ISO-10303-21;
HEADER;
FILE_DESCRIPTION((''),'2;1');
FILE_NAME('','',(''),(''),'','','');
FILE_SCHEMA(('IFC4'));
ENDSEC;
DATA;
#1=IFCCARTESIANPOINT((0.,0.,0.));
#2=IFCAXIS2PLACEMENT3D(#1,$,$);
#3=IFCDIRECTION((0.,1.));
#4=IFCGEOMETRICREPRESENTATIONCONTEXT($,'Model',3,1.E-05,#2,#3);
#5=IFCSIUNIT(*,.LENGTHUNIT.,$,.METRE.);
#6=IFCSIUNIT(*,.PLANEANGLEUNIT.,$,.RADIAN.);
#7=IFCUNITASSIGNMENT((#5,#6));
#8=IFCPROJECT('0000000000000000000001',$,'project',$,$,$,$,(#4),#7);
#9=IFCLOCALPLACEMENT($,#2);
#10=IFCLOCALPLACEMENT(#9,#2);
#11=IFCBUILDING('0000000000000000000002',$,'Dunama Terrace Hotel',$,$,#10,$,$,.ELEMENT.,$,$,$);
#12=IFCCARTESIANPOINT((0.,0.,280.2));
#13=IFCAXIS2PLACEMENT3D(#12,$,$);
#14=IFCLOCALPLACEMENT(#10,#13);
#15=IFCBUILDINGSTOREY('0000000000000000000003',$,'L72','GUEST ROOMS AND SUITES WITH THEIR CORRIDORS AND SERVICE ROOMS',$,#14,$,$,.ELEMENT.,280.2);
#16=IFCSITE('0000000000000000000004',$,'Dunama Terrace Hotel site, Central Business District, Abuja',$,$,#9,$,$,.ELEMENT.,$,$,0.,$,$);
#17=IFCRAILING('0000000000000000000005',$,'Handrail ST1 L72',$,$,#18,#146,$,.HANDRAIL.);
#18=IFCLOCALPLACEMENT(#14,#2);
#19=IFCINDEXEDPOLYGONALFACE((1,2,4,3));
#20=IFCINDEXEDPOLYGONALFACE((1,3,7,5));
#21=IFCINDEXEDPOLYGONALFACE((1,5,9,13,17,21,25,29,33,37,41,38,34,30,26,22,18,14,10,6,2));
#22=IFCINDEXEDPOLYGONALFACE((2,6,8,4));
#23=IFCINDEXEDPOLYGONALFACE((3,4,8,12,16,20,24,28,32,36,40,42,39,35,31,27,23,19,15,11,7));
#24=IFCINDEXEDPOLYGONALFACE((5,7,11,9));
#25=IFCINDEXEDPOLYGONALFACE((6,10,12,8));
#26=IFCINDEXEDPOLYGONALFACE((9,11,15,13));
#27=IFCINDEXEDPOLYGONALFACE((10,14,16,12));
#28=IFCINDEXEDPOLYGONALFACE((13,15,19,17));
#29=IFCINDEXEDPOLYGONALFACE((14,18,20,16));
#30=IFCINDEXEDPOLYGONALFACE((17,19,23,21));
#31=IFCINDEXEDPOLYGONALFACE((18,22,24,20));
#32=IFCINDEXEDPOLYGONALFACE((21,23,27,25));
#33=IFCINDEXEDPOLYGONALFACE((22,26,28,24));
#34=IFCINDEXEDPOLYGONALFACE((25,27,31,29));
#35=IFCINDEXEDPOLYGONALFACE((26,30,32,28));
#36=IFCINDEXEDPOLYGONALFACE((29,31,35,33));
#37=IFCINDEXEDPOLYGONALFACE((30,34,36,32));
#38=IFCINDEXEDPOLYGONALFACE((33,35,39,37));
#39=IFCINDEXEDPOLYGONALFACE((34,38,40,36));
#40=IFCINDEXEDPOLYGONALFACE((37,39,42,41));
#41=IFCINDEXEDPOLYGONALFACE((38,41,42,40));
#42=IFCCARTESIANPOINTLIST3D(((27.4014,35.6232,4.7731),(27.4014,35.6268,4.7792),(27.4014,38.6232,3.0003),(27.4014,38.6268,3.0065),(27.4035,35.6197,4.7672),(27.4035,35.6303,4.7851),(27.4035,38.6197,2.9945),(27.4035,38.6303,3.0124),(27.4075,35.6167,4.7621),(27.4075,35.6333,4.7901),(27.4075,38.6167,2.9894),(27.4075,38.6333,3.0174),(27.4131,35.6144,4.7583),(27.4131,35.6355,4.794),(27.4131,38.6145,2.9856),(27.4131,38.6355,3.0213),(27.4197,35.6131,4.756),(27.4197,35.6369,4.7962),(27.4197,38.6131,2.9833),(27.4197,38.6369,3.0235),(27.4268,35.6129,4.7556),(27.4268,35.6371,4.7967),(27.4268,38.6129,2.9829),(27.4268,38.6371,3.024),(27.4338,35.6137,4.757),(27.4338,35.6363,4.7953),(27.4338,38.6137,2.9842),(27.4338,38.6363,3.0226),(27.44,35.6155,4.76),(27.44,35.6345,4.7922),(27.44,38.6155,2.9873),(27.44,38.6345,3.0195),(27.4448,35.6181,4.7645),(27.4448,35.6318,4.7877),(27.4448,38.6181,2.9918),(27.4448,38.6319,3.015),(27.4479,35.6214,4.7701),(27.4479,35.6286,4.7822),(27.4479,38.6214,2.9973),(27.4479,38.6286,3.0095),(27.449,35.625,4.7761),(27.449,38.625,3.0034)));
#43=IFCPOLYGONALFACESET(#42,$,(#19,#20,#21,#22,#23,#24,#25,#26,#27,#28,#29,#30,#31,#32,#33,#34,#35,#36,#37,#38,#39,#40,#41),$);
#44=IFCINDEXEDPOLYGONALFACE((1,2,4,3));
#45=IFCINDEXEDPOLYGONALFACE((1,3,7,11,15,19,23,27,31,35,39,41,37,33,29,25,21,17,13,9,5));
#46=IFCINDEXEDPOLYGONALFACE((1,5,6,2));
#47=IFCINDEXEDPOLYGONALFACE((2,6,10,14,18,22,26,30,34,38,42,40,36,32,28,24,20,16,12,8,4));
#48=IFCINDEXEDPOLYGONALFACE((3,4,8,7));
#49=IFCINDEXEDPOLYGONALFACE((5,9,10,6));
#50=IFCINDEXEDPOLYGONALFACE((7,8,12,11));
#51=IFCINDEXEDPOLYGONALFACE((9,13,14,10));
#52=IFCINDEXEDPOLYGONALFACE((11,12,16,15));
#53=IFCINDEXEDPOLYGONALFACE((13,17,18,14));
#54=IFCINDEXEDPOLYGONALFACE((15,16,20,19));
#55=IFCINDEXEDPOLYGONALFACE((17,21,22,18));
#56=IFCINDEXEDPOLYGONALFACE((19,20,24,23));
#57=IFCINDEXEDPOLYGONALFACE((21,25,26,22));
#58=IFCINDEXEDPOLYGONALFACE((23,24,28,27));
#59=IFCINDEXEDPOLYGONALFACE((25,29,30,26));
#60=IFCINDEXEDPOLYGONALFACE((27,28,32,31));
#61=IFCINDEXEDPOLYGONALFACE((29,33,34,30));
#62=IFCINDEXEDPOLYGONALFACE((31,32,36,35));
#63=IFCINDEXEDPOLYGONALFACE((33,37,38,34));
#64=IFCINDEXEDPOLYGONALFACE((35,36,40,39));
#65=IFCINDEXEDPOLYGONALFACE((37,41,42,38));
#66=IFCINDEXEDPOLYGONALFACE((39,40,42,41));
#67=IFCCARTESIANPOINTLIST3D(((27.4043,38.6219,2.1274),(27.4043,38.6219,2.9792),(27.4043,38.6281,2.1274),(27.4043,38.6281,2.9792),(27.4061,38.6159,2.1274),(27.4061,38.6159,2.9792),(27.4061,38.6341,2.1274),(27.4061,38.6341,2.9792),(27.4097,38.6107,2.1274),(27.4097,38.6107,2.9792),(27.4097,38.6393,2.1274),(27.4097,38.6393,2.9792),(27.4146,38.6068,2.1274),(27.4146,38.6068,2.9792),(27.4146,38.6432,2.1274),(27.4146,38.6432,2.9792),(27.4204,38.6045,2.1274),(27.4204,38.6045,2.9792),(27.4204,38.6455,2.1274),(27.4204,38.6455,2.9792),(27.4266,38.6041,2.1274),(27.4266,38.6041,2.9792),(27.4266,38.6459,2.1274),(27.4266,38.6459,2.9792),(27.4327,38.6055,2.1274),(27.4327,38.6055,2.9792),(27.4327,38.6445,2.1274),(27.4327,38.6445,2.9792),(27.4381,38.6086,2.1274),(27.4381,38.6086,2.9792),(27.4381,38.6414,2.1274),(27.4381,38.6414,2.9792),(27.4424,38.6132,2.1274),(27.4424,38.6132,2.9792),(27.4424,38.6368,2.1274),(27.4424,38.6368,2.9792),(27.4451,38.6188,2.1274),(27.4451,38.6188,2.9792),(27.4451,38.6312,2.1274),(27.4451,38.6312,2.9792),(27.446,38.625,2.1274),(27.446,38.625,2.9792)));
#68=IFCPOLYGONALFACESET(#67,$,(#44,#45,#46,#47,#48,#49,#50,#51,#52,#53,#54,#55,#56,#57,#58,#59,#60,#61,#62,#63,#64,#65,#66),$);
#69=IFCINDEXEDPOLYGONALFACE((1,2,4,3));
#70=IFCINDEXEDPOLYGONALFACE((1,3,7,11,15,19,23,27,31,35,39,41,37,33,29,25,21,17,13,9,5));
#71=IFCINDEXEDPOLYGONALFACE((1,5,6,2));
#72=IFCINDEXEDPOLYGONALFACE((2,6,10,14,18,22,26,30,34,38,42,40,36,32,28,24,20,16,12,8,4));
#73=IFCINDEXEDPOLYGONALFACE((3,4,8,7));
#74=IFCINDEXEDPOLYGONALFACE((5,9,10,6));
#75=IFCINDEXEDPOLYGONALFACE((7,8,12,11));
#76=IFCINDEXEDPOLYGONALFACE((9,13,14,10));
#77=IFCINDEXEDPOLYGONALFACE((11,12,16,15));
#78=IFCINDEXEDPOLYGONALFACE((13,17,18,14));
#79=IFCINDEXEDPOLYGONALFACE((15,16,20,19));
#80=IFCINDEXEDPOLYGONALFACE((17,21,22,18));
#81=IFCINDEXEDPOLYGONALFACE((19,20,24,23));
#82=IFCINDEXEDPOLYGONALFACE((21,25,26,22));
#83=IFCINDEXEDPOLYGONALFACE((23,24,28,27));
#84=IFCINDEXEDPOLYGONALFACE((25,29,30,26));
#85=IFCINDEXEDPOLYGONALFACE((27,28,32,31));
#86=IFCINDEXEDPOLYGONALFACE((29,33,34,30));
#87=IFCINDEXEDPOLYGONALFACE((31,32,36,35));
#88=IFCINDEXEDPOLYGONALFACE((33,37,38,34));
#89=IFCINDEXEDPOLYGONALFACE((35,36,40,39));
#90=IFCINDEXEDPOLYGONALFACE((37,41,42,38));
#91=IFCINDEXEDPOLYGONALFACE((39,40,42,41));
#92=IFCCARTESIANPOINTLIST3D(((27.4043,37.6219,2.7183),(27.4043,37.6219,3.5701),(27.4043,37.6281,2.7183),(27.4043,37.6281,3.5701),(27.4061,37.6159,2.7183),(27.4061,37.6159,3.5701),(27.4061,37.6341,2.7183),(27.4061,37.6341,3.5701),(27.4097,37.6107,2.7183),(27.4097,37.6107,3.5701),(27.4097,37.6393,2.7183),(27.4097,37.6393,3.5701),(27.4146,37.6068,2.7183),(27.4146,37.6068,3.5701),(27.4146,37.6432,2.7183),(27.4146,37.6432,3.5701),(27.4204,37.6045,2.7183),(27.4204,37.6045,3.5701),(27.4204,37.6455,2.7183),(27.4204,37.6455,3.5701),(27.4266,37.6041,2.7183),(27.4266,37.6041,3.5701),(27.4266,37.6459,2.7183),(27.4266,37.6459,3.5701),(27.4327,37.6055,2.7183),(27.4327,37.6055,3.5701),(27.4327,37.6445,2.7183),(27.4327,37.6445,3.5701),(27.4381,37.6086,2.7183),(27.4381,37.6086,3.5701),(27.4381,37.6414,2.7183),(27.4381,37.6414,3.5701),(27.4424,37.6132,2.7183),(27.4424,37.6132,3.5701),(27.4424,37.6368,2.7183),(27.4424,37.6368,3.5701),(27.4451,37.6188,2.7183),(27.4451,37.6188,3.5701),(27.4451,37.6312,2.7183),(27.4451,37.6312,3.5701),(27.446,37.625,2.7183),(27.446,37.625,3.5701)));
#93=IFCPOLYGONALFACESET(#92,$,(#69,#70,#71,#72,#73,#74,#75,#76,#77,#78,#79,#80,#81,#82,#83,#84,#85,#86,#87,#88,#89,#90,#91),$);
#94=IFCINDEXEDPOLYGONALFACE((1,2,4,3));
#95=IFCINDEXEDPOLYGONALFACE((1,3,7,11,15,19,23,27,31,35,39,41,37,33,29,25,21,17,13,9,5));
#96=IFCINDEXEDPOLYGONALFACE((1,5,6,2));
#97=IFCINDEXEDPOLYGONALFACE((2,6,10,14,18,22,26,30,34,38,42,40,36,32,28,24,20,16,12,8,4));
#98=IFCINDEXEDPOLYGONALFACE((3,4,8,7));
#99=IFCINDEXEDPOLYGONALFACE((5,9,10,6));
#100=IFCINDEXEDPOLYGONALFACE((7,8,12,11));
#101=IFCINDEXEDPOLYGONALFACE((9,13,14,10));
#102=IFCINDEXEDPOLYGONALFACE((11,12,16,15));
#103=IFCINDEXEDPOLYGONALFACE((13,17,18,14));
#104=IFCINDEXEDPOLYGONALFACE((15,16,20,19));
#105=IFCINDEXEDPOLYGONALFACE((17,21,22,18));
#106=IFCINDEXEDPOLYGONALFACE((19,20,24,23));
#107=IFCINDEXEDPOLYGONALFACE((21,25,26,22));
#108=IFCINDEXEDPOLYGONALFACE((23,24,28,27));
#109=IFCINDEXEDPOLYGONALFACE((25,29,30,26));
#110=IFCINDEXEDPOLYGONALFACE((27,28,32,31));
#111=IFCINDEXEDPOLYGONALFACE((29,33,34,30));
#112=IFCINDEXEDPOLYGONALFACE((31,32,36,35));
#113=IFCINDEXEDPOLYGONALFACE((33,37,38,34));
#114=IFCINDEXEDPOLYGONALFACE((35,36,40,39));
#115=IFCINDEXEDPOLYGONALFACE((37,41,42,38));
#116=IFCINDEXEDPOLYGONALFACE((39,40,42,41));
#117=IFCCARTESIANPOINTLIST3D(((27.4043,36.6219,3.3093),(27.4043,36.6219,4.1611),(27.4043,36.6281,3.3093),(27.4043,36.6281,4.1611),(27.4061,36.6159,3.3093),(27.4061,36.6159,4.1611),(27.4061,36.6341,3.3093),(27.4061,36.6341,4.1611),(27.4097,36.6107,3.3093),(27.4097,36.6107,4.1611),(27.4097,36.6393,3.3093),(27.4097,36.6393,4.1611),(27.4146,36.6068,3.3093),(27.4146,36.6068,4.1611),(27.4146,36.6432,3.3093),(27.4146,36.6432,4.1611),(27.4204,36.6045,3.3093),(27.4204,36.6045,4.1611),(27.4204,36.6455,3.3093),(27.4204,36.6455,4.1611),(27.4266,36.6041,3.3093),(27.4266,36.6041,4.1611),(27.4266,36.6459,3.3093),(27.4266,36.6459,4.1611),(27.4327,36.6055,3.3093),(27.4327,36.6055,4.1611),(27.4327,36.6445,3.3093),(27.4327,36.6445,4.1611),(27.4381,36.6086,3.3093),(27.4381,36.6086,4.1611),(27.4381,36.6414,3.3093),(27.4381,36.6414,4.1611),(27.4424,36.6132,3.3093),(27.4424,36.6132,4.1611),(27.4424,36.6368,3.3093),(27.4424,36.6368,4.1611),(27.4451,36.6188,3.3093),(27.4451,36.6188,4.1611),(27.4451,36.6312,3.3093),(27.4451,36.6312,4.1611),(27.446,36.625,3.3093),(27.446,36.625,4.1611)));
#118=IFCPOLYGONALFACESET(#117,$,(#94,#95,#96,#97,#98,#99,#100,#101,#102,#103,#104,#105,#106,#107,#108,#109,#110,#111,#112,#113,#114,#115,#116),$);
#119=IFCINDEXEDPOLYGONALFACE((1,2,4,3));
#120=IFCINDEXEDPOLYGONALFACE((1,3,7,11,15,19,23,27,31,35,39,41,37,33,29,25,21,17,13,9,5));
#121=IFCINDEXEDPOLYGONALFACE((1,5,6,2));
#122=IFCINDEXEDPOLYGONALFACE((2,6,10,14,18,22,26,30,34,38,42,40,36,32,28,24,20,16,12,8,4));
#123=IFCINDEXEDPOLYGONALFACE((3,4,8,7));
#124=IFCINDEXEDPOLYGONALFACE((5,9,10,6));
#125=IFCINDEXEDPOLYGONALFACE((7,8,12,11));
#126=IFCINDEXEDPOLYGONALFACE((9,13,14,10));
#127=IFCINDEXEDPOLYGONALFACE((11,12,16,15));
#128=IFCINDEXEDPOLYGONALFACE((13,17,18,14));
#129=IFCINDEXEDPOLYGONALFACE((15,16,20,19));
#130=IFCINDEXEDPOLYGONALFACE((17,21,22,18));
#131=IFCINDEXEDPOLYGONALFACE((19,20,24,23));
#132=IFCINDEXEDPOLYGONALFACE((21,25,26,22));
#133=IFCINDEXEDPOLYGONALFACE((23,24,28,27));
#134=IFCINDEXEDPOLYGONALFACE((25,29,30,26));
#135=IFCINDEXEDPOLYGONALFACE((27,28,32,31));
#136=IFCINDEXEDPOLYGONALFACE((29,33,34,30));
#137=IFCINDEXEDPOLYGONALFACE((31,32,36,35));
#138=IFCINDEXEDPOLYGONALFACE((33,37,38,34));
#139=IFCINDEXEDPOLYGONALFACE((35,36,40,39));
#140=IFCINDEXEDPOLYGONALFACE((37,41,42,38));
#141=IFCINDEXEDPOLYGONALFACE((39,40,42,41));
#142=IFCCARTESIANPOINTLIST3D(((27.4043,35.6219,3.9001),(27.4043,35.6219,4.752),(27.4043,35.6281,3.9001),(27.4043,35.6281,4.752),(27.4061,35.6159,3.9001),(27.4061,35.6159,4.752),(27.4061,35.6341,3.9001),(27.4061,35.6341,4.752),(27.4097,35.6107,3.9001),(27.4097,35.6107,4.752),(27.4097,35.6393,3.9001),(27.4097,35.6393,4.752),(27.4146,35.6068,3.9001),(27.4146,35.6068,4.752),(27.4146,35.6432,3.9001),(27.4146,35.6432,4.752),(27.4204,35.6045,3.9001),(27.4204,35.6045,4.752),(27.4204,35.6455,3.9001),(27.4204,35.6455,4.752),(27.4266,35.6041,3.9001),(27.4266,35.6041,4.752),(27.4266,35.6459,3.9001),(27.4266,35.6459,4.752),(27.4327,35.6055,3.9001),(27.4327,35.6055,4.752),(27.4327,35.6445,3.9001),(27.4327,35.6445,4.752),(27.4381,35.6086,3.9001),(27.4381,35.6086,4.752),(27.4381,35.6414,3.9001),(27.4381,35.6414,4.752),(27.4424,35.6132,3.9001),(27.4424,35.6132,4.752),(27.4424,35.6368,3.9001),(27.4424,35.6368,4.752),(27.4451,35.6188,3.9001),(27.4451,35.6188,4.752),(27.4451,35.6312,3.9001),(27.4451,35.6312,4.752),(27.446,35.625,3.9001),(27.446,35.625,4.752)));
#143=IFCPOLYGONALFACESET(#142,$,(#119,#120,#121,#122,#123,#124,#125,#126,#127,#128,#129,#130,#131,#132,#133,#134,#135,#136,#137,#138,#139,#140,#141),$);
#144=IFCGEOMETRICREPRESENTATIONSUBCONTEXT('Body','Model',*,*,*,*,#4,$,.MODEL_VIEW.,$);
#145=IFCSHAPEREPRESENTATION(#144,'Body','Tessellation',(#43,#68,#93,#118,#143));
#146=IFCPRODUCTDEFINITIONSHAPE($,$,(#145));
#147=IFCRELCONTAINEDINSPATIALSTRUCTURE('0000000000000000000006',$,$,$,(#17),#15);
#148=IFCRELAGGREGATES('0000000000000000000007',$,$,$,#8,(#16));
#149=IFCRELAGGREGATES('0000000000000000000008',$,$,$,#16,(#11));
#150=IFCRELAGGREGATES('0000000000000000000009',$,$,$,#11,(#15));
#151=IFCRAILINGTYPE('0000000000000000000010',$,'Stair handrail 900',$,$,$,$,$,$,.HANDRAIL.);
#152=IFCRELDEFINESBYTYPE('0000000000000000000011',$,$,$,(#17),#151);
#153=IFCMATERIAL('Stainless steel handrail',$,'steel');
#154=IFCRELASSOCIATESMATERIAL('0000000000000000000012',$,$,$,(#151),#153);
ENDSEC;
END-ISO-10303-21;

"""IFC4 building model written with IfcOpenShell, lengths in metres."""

from ifc_helpers import new_model, si_unit, direction, frame, origin, origin_2d, place, context, subcontext, project, spatial, circle, extrude, material, type_object, element, save


model = new_model("IFC4")

# Units and contexts
model_context = context("Model", 3, precision=1e-05, world=origin(), true_north=direction((0.0, 1.0)))
body_context = subcontext(model_context, "Body", "Model", "MODEL_VIEW")
ifc_project = project(units=[si_unit("LENGTHUNIT", "METRE"), si_unit("PLANEANGLEUNIT", "RADIAN")], contexts=[model_context])

# Site, building, storey
site_placement = place(None, origin())
site = spatial("IfcSite", under=ifc_project, at=site_placement, Name="Dunama Terrace Hotel site, Central Business District, Abuja", CompositionType="ELEMENT", RefElevation=0.0)
building_placement = place(site_placement, origin())
building = spatial("IfcBuilding", under=site, at=building_placement, Name="Dunama Terrace Hotel", CompositionType="ELEMENT")
storey_placement = place(building_placement, frame((0.0, 0.0, 280.2)))
storey = spatial("IfcBuildingStorey", under=building, at=storey_placement, Name="L72", Description="GUEST ROOMS AND SUITES WITH THEIR CORRIDORS AND SERVICE ROOMS", CompositionType="ELEMENT", Elevation=280.2)

# Railing
ifc_material_1 = material(Name="Stainless steel handrail", Category="steel")
railing_type = type_object("IfcRailingType", Name="Stair handrail 900", PredefinedType="HANDRAIL", material=ifc_material_1)
railing_1_placement = place(storey_placement, frame((27.425, 38.625, 2.1274)))
element("IfcRailing", 1, at=railing_1_placement, inside=storey, type_object=railing_type, Name="Handrail ST1 L72", PredefinedType="HANDRAIL", context=body_context, shape_type="SweptSolid", body=[
    extrude(circle(Radius=0.0239, at=origin_2d()), frame((0.0, 0.0, 0.876), z_axis=(0.0, -0.860929, 0.508725), x_axis=(1.0, 0.0, 0.0)), (0.0, 0.0, 1.0), 3.4846),
    extrude(circle(Radius=0.021, at=origin_2d()), origin(), (0.0, 0.0, 1.0), 0.8518),
    extrude(circle(Radius=0.021, at=origin_2d()), frame((0.0, -1.0, 0.5908)), (0.0, 0.0, 1.0), 0.8518),
    extrude(circle(Radius=0.021, at=origin_2d()), frame((0.0, -2.0, 1.1819)), (0.0, 0.0, 1.0), 0.8518),
    extrude(circle(Radius=0.021, at=origin_2d()), frame((0.0, -3.0, 1.7727)), (0.0, 0.0, 1.0), 0.8518),
])

save(model, "model.ifc")
